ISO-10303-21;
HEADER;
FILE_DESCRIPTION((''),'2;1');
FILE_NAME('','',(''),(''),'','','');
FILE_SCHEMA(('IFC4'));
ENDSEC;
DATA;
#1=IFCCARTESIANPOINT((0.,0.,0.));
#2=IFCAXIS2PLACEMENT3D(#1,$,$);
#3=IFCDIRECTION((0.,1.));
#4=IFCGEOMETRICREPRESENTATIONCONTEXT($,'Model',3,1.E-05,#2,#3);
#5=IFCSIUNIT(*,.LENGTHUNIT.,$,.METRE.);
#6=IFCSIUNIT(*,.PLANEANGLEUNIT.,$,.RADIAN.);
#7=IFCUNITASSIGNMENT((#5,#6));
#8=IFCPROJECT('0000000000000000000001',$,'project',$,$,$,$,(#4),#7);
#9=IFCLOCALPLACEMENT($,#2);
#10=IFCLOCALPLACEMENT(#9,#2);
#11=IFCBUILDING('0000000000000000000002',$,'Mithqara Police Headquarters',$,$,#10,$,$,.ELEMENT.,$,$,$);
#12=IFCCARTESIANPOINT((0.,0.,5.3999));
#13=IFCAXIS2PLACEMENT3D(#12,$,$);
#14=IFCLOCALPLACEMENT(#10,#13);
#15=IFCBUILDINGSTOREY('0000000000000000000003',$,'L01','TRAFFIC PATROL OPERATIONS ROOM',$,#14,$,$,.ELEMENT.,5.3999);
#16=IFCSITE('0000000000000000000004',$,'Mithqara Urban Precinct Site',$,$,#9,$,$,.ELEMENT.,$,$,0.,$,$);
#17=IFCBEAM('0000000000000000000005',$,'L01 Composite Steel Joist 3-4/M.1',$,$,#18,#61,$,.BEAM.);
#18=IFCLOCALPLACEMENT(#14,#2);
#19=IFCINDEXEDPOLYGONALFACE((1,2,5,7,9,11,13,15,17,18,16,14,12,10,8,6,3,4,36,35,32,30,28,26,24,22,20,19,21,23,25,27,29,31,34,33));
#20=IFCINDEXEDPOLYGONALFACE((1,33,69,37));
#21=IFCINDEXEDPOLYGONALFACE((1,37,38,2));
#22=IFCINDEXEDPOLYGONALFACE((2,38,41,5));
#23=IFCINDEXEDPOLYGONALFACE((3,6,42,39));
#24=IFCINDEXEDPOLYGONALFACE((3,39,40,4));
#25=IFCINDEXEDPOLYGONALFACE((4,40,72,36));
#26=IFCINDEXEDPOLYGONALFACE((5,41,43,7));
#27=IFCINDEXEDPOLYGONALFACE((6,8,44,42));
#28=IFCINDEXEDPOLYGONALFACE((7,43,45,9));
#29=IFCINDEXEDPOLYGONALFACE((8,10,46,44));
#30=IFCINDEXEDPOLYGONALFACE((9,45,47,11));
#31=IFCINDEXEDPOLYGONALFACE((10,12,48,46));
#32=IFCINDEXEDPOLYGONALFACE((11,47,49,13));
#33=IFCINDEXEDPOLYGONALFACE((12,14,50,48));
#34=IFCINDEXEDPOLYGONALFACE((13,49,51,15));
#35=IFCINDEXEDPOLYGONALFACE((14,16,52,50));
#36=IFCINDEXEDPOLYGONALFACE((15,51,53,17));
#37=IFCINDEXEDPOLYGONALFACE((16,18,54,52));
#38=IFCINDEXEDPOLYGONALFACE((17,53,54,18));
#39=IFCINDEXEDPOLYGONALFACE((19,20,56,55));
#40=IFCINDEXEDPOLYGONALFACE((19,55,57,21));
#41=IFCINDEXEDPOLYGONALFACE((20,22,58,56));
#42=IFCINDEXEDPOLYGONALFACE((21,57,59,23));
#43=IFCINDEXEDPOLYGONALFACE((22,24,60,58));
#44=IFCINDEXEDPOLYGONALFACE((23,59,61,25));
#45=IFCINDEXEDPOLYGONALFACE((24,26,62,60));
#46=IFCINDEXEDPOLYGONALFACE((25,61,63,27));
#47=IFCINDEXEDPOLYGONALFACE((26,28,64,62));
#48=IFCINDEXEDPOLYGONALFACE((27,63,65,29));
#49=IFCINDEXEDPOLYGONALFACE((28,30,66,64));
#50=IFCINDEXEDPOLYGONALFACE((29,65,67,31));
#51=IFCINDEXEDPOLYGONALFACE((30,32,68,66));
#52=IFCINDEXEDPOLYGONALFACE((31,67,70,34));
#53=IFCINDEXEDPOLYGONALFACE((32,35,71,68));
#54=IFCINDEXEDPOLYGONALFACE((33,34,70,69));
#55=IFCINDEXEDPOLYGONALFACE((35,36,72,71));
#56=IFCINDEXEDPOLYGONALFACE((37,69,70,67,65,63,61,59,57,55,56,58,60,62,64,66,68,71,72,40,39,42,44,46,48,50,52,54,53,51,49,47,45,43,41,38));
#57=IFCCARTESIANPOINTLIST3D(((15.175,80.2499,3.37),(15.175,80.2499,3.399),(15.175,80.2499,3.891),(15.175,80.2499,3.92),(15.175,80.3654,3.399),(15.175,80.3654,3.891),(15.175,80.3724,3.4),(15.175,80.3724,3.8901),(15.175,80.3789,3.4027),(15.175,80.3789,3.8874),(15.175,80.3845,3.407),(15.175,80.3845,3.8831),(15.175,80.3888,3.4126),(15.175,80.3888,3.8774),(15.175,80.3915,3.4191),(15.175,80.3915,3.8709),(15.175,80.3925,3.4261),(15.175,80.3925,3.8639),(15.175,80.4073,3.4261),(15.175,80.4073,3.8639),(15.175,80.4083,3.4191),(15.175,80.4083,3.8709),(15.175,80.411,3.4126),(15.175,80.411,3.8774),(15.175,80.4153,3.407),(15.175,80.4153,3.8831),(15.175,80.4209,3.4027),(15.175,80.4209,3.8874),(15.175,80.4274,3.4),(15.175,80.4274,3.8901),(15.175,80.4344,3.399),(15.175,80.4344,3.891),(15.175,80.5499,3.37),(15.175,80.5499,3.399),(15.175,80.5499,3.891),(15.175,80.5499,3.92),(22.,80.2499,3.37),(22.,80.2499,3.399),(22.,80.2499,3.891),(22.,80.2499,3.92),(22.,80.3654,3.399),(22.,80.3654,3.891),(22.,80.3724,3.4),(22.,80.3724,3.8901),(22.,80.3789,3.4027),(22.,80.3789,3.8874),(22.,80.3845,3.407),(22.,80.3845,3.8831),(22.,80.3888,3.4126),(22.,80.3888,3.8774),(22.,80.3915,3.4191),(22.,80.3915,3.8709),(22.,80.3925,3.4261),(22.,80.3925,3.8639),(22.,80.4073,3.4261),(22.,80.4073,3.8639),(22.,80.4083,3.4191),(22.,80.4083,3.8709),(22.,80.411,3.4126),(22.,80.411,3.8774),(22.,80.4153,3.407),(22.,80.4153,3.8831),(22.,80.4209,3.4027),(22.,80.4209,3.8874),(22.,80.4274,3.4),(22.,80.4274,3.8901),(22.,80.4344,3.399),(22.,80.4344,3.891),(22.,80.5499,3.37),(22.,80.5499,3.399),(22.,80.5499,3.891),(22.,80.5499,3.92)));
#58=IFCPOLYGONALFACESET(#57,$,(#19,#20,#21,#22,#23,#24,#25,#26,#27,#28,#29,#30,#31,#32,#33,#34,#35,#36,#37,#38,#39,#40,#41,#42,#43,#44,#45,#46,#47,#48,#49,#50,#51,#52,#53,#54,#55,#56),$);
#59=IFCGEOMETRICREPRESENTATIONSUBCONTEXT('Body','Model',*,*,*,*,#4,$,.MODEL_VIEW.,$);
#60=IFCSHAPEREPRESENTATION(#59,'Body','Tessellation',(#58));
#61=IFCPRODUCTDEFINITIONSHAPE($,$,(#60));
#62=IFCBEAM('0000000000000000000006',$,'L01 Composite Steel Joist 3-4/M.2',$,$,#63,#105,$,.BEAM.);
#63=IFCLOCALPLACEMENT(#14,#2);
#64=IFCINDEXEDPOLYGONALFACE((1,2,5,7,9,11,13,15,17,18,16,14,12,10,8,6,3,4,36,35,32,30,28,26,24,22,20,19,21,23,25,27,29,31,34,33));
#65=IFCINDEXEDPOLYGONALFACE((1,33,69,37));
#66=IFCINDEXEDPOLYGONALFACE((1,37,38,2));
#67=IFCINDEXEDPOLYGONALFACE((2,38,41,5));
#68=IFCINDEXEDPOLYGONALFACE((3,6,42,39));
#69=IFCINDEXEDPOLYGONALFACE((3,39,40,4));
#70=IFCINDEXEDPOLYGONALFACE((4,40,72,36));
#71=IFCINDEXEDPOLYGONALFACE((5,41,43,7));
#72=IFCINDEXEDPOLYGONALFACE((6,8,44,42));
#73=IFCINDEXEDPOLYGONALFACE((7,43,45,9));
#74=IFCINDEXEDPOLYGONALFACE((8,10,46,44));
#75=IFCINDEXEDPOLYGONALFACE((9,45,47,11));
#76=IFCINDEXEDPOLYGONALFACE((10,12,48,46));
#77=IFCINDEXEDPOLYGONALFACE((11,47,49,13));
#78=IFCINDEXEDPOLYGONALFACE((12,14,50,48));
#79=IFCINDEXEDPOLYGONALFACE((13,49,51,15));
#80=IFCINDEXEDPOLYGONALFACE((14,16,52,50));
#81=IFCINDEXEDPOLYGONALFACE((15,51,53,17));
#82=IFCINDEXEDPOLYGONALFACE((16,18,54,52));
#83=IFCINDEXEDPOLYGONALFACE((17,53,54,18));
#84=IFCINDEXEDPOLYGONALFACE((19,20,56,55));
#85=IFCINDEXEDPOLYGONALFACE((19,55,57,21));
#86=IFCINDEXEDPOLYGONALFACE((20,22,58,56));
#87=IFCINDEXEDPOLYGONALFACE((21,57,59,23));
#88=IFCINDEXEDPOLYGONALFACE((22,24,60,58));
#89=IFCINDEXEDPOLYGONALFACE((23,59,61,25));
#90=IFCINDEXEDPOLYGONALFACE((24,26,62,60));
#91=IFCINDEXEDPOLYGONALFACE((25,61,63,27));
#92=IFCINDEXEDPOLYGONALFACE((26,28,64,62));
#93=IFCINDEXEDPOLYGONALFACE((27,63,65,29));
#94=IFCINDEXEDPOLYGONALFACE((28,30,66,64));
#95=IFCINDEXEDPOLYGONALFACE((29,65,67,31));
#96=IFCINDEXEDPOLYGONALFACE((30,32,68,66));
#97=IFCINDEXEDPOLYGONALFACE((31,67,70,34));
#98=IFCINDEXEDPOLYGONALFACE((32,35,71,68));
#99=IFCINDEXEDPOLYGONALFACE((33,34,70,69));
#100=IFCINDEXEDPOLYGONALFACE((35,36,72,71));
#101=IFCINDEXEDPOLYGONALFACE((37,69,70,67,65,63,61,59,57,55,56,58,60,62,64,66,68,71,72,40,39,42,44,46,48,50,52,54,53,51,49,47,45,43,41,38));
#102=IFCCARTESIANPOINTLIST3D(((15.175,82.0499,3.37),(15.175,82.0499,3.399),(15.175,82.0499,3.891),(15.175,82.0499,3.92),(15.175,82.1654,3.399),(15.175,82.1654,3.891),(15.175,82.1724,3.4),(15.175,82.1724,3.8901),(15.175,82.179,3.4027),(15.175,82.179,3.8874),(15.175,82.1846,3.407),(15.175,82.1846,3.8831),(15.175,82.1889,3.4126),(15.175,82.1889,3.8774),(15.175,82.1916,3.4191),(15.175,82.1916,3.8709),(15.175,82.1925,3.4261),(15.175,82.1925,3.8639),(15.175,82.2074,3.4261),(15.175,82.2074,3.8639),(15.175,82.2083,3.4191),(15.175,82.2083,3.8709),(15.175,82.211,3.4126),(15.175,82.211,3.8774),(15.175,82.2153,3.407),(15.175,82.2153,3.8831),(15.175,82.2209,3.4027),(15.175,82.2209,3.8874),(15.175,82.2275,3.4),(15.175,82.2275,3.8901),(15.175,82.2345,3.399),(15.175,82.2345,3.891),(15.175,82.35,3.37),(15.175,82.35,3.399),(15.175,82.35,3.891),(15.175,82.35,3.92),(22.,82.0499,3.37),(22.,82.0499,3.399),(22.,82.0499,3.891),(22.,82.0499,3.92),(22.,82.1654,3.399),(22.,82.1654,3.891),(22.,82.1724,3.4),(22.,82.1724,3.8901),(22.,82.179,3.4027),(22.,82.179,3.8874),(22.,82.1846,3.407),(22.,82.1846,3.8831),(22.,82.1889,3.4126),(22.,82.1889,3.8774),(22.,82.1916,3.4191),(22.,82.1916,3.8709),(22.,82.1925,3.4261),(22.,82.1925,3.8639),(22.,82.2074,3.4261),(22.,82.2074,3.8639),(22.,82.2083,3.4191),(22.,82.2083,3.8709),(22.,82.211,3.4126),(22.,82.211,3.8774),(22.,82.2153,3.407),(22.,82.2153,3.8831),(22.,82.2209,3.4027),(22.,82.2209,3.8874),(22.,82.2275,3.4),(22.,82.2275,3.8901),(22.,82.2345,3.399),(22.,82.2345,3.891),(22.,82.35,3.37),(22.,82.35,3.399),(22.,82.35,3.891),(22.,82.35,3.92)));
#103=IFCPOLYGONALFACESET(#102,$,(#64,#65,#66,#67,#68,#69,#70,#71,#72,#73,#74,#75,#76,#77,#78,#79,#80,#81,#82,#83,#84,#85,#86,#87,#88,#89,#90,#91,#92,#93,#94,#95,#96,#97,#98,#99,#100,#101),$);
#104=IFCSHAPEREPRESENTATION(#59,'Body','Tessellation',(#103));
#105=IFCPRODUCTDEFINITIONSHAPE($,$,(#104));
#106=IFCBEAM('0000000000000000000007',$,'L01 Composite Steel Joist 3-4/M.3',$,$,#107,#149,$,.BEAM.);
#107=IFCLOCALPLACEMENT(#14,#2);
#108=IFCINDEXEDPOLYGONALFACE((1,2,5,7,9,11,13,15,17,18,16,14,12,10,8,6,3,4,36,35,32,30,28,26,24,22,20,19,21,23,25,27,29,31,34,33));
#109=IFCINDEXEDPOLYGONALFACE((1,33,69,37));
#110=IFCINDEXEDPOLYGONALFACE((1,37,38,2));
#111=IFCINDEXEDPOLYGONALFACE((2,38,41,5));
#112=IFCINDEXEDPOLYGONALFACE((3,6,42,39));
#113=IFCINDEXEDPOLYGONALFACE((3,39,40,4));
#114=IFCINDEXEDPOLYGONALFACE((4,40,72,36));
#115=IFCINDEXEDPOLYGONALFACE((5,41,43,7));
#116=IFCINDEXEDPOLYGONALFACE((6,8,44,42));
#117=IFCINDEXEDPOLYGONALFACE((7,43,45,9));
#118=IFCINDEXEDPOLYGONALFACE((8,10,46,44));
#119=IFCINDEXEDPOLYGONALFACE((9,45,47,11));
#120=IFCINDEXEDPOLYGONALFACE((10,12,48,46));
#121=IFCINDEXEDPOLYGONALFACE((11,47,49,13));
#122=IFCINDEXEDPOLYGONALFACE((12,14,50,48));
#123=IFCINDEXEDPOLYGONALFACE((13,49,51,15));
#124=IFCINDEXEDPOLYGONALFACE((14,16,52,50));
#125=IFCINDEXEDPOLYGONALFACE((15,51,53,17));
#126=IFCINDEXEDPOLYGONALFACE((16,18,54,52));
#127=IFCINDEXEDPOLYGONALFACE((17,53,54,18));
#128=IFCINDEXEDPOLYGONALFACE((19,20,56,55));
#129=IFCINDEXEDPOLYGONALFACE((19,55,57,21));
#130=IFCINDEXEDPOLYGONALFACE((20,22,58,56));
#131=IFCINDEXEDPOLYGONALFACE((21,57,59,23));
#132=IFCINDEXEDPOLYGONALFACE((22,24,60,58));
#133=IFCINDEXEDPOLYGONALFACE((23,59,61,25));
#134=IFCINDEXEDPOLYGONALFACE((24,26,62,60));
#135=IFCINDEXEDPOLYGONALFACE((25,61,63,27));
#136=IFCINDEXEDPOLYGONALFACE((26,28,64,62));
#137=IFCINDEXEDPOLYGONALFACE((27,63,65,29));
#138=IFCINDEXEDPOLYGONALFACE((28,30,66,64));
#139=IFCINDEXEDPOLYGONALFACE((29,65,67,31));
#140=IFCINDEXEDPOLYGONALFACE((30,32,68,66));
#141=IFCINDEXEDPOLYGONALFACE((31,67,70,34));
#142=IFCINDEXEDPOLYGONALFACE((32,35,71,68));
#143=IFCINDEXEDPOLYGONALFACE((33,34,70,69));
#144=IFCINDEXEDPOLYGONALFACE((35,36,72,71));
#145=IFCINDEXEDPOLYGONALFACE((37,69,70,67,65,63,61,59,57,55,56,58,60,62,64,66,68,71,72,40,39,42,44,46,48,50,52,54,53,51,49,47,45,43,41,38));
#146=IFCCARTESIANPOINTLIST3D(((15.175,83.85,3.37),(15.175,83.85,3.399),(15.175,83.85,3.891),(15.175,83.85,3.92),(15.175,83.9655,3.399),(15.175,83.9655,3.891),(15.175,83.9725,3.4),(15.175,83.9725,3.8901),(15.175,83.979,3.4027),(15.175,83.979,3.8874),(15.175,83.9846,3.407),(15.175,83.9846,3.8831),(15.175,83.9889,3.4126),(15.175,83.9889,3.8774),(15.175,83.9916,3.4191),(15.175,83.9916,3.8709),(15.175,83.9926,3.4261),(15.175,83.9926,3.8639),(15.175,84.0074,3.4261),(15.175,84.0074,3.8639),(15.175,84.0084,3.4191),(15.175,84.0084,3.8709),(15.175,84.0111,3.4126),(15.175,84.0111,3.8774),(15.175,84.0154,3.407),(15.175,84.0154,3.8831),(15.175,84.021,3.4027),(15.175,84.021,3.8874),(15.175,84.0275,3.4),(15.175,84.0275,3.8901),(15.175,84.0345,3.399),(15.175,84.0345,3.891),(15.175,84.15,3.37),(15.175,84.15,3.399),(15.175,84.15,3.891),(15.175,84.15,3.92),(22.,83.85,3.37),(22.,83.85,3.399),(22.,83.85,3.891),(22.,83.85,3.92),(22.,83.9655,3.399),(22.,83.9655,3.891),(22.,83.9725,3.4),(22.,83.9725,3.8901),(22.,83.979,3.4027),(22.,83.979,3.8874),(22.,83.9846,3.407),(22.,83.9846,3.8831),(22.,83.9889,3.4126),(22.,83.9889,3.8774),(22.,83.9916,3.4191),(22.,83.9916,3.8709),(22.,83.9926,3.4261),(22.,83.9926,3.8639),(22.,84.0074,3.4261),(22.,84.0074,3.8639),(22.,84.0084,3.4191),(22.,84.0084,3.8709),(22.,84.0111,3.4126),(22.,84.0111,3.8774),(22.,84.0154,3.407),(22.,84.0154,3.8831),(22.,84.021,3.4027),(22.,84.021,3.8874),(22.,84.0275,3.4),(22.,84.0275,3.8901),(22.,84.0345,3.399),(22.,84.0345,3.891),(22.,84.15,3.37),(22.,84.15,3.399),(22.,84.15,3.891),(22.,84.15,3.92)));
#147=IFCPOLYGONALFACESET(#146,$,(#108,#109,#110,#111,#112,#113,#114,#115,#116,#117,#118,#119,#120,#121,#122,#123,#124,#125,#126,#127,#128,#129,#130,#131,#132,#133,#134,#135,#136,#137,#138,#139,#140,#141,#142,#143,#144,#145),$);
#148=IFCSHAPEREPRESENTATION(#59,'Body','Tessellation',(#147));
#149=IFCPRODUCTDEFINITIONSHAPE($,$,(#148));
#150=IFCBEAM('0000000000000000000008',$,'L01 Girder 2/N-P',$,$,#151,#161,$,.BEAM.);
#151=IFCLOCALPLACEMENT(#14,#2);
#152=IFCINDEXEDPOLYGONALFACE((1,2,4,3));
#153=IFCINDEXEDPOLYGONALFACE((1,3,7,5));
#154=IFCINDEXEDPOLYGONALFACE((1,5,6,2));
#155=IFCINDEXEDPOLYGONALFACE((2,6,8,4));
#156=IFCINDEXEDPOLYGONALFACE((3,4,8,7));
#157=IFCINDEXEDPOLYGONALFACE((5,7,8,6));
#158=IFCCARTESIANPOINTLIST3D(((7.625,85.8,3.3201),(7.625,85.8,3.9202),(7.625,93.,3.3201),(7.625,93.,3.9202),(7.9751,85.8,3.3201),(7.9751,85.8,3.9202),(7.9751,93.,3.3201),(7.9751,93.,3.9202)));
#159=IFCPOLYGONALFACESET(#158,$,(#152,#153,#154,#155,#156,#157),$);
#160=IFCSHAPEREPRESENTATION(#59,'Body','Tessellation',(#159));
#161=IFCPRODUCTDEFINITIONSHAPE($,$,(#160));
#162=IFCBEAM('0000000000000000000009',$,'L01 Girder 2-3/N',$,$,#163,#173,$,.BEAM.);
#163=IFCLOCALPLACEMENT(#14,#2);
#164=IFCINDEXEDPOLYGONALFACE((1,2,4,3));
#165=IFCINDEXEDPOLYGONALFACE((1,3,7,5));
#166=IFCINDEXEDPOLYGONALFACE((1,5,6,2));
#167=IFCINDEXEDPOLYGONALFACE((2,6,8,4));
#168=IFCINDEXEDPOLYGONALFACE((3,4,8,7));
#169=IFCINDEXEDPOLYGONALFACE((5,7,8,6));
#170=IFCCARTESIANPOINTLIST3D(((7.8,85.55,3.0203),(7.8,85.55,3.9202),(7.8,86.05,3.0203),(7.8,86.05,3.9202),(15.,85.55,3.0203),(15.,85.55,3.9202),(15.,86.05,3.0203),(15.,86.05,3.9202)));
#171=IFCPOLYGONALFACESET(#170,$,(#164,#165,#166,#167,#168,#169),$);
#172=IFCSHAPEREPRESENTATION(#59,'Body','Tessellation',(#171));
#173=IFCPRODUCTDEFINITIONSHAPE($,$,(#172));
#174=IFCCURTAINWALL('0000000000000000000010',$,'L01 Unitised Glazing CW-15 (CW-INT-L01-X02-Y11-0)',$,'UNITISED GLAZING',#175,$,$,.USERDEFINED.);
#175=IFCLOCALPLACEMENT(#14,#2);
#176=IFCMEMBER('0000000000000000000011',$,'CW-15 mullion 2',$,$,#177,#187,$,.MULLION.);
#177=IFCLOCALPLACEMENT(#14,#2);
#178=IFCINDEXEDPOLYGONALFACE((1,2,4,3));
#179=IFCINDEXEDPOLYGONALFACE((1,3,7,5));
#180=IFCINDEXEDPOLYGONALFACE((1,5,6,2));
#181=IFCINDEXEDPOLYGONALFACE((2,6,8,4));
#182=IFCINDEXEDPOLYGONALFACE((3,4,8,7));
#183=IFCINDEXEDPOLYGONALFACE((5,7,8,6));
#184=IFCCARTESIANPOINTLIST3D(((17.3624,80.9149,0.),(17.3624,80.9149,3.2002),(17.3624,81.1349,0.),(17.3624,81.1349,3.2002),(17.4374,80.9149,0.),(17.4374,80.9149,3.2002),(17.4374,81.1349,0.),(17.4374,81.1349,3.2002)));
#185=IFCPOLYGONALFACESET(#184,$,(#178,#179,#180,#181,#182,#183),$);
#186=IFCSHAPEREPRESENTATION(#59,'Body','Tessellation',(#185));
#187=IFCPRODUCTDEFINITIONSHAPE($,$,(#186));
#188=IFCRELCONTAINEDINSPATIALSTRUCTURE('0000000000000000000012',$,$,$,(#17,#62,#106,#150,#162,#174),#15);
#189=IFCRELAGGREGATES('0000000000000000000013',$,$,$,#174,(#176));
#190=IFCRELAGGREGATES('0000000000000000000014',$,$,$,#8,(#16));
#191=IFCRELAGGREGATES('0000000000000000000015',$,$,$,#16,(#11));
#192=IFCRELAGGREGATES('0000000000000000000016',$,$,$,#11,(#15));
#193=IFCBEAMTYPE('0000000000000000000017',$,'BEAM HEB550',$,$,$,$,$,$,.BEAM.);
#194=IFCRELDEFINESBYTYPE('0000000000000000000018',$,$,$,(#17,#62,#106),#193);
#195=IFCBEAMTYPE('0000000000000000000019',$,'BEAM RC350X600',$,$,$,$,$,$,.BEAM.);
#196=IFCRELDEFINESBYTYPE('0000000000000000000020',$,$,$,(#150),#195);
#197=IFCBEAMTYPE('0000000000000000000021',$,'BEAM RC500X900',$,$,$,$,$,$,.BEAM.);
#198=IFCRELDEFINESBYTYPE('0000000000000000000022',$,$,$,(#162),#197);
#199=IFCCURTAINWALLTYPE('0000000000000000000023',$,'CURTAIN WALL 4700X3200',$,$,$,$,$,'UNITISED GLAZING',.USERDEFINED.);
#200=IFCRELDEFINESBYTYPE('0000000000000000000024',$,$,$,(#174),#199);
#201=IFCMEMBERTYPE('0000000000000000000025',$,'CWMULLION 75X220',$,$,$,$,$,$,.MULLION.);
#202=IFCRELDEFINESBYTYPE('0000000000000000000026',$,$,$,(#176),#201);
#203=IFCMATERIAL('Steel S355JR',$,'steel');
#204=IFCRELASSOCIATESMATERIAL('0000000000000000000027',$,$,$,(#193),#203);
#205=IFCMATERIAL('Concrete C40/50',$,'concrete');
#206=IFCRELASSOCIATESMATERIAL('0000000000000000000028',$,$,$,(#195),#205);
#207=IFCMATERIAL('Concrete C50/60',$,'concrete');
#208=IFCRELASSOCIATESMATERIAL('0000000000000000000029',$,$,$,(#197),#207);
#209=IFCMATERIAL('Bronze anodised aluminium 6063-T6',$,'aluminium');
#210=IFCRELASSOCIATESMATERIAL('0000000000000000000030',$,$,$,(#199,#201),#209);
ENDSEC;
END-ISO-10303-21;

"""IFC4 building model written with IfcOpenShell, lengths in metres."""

from ifc_helpers import new_model, si_unit, direction, frame, origin, origin_2d, place, context, subcontext, project, spatial, rectangle, i_section, extrude, material, material_profile, profile_set, type_object, element, aggregate, save


model = new_model("IFC4")

# Units and contexts
model_context = context("Model", 3, precision=1e-05, world=origin(), true_north=direction((0.0, 1.0)))
body_context = subcontext(model_context, "Body", "Model", "MODEL_VIEW")
ifc_project = project(units=[si_unit("LENGTHUNIT", "METRE"), si_unit("PLANEANGLEUNIT", "RADIAN")], contexts=[model_context])

# Site, building, storey
site_placement = place(None, origin())
site = spatial("IfcSite", under=ifc_project, at=site_placement, Name="Mithqara Urban Precinct Site", CompositionType="ELEMENT", RefElevation=0.0)
building_placement = place(site_placement, origin())
building = spatial("IfcBuilding", under=site, at=building_placement, Name="Mithqara Police Headquarters", CompositionType="ELEMENT")
storey_placement = place(building_placement, frame((0.0, 0.0, 5.3999)))
storey = spatial("IfcBuildingStorey", under=building, at=storey_placement, Name="L01", Description="TRAFFIC PATROL OPERATIONS ROOM", CompositionType="ELEMENT", Elevation=5.3999)

# Shared definitions
ifc_material_1 = material(Name="Concrete C50/60", Category="concrete")

# Beams
ifc_material_2 = material(Name="Steel S355JR", Category="steel")
ifc_material_profile_1 = material_profile(ifc_material_2, i_section(OverallWidth=0.3, OverallDepth=0.55, WebThickness=0.0149, FlangeThickness=0.0291, FilletRadius=0.0271, at=origin_2d()), Name="HEB 550")
ifc_profile_set_1 = profile_set([ifc_material_profile_1], Name="Steel S355JR")
beam_type_1 = type_object("IfcBeamType", Name="BEAM HEB550", PredefinedType="BEAM", material=ifc_profile_set_1)
for number, where, z_axis, x_axis, name in (
    (1, (15.175, 80.3999, 3.645), (1.0, 0.0, 0.0), (0.0, 1.0, 0.0), "L01 Composite Steel Joist 3-4/M.1"),
    (2, (15.175, 82.2, 3.645), (1.0, 0.0, 0.0), (0.0, 1.0, 0.0), "L01 Composite Steel Joist 3-4/M.2"),
    (3, (15.175, 84.0, 3.645), (1.0, 0.0, 0.0), (0.0, 1.0, 0.0), "L01 Composite Steel Joist 3-4/M.3"),
):
    element("IfcBeam", number, at=place(storey_placement, frame(where, z_axis=z_axis, x_axis=x_axis)), inside=storey, type_object=beam_type_1, Name=name, PredefinedType="BEAM", context=body_context, shape_type="SweptSolid", body=[
        extrude(i_section(OverallWidth=0.3, OverallDepth=0.55, WebThickness=0.0149, FlangeThickness=0.0291, FilletRadius=0.0271, at=origin_2d()), origin(), (0.0, 0.0, 1.0), 6.825),
    ])
ifc_material_3 = material(Name="Concrete C40/50", Category="concrete")
ifc_material_profile_2 = material_profile(ifc_material_3, rectangle(XDim=0.3501, YDim=0.6001, at=origin_2d()), Name="RC 350x600")
ifc_profile_set_2 = profile_set([ifc_material_profile_2], Name="Concrete C40/50")
beam_type_2 = type_object("IfcBeamType", Name="BEAM RC350X600", PredefinedType="BEAM", material=ifc_profile_set_2)
beam_1_placement = place(storey_placement, frame((7.8, 85.8, 3.6201), z_axis=(0.0, 1.0, 0.0), x_axis=(-1.0, 0.0, 0.0)))
element("IfcBeam", 4, at=beam_1_placement, inside=storey, type_object=beam_type_2, Name="L01 Girder 2/N-P", PredefinedType="BEAM", context=body_context, shape_type="SweptSolid", body=[
    extrude(rectangle(XDim=0.3501, YDim=0.6001, at=origin_2d()), origin(), (0.0, 0.0, 1.0), 7.2),
])
ifc_material_profile_3 = material_profile(ifc_material_1, rectangle(XDim=0.5, YDim=0.8999, at=origin_2d()), Name="RC 500x900")
ifc_profile_set_3 = profile_set([ifc_material_profile_3], Name="Concrete C50/60")
beam_type_3 = type_object("IfcBeamType", Name="BEAM RC500X900", PredefinedType="BEAM", material=ifc_profile_set_3)
beam_2_placement = place(storey_placement, frame((7.8, 85.8, 3.4702), z_axis=(1.0, 0.0, 0.0), x_axis=(0.0, 1.0, 0.0)))
element("IfcBeam", 5, at=beam_2_placement, inside=storey, type_object=beam_type_3, Name="L01 Girder 2-3/N", PredefinedType="BEAM", context=body_context, shape_type="SweptSolid", body=[
    extrude(rectangle(XDim=0.5, YDim=0.8999, at=origin_2d()), origin(), (0.0, 0.0, 1.0), 7.2),
])

# Curtain wall, member
ifc_material_4 = material(Name="Bronze anodised aluminium 6063-T6", Category="aluminium")
curtain_wall_type = type_object("IfcCurtainWallType", Name="CURTAIN WALL 4700X3200", ElementType="UNITISED GLAZING", PredefinedType="USERDEFINED", material=ifc_material_4)
curtain_wall_placement = place(storey_placement, origin())
curtain_wall = element("IfcCurtainWall", 6, at=curtain_wall_placement, inside=storey, type_object=curtain_wall_type, Name="L01 Unitised Glazing CW-15 (CW-INT-L01-X02-Y11-0)", ObjectType="UNITISED GLAZING", PredefinedType="USERDEFINED")
ifc_material_profile_4 = material_profile(ifc_material_4, rectangle(XDim=0.075, YDim=0.22, at=origin_2d()), Name="CWM 75x220")
ifc_profile_set_4 = profile_set([ifc_material_profile_4], Name="Bronze anodised aluminium 6063-T6")
member_type_1 = type_object("IfcMemberType", Name="CWMULLION 75X220", PredefinedType="MULLION", material=ifc_profile_set_4)
member_1_placement = place(storey_placement, frame((17.3999, 81.0249, 0.0), z_axis=(0.0, 0.0, 1.0), x_axis=(-1.0, 0.0, 0.0)))
member_1 = element("IfcMember", 7, at=member_1_placement, type_object=member_type_1, Name="CW-15 mullion 2", PredefinedType="MULLION", context=body_context, shape_type="SweptSolid", body=[
    extrude(rectangle(XDim=0.075, YDim=0.22, at=origin_2d()), origin(), (0.0, 0.0, 1.0), 3.2002),
])
aggregate(curtain_wall, [member_1])

save(model, "model.ifc")
